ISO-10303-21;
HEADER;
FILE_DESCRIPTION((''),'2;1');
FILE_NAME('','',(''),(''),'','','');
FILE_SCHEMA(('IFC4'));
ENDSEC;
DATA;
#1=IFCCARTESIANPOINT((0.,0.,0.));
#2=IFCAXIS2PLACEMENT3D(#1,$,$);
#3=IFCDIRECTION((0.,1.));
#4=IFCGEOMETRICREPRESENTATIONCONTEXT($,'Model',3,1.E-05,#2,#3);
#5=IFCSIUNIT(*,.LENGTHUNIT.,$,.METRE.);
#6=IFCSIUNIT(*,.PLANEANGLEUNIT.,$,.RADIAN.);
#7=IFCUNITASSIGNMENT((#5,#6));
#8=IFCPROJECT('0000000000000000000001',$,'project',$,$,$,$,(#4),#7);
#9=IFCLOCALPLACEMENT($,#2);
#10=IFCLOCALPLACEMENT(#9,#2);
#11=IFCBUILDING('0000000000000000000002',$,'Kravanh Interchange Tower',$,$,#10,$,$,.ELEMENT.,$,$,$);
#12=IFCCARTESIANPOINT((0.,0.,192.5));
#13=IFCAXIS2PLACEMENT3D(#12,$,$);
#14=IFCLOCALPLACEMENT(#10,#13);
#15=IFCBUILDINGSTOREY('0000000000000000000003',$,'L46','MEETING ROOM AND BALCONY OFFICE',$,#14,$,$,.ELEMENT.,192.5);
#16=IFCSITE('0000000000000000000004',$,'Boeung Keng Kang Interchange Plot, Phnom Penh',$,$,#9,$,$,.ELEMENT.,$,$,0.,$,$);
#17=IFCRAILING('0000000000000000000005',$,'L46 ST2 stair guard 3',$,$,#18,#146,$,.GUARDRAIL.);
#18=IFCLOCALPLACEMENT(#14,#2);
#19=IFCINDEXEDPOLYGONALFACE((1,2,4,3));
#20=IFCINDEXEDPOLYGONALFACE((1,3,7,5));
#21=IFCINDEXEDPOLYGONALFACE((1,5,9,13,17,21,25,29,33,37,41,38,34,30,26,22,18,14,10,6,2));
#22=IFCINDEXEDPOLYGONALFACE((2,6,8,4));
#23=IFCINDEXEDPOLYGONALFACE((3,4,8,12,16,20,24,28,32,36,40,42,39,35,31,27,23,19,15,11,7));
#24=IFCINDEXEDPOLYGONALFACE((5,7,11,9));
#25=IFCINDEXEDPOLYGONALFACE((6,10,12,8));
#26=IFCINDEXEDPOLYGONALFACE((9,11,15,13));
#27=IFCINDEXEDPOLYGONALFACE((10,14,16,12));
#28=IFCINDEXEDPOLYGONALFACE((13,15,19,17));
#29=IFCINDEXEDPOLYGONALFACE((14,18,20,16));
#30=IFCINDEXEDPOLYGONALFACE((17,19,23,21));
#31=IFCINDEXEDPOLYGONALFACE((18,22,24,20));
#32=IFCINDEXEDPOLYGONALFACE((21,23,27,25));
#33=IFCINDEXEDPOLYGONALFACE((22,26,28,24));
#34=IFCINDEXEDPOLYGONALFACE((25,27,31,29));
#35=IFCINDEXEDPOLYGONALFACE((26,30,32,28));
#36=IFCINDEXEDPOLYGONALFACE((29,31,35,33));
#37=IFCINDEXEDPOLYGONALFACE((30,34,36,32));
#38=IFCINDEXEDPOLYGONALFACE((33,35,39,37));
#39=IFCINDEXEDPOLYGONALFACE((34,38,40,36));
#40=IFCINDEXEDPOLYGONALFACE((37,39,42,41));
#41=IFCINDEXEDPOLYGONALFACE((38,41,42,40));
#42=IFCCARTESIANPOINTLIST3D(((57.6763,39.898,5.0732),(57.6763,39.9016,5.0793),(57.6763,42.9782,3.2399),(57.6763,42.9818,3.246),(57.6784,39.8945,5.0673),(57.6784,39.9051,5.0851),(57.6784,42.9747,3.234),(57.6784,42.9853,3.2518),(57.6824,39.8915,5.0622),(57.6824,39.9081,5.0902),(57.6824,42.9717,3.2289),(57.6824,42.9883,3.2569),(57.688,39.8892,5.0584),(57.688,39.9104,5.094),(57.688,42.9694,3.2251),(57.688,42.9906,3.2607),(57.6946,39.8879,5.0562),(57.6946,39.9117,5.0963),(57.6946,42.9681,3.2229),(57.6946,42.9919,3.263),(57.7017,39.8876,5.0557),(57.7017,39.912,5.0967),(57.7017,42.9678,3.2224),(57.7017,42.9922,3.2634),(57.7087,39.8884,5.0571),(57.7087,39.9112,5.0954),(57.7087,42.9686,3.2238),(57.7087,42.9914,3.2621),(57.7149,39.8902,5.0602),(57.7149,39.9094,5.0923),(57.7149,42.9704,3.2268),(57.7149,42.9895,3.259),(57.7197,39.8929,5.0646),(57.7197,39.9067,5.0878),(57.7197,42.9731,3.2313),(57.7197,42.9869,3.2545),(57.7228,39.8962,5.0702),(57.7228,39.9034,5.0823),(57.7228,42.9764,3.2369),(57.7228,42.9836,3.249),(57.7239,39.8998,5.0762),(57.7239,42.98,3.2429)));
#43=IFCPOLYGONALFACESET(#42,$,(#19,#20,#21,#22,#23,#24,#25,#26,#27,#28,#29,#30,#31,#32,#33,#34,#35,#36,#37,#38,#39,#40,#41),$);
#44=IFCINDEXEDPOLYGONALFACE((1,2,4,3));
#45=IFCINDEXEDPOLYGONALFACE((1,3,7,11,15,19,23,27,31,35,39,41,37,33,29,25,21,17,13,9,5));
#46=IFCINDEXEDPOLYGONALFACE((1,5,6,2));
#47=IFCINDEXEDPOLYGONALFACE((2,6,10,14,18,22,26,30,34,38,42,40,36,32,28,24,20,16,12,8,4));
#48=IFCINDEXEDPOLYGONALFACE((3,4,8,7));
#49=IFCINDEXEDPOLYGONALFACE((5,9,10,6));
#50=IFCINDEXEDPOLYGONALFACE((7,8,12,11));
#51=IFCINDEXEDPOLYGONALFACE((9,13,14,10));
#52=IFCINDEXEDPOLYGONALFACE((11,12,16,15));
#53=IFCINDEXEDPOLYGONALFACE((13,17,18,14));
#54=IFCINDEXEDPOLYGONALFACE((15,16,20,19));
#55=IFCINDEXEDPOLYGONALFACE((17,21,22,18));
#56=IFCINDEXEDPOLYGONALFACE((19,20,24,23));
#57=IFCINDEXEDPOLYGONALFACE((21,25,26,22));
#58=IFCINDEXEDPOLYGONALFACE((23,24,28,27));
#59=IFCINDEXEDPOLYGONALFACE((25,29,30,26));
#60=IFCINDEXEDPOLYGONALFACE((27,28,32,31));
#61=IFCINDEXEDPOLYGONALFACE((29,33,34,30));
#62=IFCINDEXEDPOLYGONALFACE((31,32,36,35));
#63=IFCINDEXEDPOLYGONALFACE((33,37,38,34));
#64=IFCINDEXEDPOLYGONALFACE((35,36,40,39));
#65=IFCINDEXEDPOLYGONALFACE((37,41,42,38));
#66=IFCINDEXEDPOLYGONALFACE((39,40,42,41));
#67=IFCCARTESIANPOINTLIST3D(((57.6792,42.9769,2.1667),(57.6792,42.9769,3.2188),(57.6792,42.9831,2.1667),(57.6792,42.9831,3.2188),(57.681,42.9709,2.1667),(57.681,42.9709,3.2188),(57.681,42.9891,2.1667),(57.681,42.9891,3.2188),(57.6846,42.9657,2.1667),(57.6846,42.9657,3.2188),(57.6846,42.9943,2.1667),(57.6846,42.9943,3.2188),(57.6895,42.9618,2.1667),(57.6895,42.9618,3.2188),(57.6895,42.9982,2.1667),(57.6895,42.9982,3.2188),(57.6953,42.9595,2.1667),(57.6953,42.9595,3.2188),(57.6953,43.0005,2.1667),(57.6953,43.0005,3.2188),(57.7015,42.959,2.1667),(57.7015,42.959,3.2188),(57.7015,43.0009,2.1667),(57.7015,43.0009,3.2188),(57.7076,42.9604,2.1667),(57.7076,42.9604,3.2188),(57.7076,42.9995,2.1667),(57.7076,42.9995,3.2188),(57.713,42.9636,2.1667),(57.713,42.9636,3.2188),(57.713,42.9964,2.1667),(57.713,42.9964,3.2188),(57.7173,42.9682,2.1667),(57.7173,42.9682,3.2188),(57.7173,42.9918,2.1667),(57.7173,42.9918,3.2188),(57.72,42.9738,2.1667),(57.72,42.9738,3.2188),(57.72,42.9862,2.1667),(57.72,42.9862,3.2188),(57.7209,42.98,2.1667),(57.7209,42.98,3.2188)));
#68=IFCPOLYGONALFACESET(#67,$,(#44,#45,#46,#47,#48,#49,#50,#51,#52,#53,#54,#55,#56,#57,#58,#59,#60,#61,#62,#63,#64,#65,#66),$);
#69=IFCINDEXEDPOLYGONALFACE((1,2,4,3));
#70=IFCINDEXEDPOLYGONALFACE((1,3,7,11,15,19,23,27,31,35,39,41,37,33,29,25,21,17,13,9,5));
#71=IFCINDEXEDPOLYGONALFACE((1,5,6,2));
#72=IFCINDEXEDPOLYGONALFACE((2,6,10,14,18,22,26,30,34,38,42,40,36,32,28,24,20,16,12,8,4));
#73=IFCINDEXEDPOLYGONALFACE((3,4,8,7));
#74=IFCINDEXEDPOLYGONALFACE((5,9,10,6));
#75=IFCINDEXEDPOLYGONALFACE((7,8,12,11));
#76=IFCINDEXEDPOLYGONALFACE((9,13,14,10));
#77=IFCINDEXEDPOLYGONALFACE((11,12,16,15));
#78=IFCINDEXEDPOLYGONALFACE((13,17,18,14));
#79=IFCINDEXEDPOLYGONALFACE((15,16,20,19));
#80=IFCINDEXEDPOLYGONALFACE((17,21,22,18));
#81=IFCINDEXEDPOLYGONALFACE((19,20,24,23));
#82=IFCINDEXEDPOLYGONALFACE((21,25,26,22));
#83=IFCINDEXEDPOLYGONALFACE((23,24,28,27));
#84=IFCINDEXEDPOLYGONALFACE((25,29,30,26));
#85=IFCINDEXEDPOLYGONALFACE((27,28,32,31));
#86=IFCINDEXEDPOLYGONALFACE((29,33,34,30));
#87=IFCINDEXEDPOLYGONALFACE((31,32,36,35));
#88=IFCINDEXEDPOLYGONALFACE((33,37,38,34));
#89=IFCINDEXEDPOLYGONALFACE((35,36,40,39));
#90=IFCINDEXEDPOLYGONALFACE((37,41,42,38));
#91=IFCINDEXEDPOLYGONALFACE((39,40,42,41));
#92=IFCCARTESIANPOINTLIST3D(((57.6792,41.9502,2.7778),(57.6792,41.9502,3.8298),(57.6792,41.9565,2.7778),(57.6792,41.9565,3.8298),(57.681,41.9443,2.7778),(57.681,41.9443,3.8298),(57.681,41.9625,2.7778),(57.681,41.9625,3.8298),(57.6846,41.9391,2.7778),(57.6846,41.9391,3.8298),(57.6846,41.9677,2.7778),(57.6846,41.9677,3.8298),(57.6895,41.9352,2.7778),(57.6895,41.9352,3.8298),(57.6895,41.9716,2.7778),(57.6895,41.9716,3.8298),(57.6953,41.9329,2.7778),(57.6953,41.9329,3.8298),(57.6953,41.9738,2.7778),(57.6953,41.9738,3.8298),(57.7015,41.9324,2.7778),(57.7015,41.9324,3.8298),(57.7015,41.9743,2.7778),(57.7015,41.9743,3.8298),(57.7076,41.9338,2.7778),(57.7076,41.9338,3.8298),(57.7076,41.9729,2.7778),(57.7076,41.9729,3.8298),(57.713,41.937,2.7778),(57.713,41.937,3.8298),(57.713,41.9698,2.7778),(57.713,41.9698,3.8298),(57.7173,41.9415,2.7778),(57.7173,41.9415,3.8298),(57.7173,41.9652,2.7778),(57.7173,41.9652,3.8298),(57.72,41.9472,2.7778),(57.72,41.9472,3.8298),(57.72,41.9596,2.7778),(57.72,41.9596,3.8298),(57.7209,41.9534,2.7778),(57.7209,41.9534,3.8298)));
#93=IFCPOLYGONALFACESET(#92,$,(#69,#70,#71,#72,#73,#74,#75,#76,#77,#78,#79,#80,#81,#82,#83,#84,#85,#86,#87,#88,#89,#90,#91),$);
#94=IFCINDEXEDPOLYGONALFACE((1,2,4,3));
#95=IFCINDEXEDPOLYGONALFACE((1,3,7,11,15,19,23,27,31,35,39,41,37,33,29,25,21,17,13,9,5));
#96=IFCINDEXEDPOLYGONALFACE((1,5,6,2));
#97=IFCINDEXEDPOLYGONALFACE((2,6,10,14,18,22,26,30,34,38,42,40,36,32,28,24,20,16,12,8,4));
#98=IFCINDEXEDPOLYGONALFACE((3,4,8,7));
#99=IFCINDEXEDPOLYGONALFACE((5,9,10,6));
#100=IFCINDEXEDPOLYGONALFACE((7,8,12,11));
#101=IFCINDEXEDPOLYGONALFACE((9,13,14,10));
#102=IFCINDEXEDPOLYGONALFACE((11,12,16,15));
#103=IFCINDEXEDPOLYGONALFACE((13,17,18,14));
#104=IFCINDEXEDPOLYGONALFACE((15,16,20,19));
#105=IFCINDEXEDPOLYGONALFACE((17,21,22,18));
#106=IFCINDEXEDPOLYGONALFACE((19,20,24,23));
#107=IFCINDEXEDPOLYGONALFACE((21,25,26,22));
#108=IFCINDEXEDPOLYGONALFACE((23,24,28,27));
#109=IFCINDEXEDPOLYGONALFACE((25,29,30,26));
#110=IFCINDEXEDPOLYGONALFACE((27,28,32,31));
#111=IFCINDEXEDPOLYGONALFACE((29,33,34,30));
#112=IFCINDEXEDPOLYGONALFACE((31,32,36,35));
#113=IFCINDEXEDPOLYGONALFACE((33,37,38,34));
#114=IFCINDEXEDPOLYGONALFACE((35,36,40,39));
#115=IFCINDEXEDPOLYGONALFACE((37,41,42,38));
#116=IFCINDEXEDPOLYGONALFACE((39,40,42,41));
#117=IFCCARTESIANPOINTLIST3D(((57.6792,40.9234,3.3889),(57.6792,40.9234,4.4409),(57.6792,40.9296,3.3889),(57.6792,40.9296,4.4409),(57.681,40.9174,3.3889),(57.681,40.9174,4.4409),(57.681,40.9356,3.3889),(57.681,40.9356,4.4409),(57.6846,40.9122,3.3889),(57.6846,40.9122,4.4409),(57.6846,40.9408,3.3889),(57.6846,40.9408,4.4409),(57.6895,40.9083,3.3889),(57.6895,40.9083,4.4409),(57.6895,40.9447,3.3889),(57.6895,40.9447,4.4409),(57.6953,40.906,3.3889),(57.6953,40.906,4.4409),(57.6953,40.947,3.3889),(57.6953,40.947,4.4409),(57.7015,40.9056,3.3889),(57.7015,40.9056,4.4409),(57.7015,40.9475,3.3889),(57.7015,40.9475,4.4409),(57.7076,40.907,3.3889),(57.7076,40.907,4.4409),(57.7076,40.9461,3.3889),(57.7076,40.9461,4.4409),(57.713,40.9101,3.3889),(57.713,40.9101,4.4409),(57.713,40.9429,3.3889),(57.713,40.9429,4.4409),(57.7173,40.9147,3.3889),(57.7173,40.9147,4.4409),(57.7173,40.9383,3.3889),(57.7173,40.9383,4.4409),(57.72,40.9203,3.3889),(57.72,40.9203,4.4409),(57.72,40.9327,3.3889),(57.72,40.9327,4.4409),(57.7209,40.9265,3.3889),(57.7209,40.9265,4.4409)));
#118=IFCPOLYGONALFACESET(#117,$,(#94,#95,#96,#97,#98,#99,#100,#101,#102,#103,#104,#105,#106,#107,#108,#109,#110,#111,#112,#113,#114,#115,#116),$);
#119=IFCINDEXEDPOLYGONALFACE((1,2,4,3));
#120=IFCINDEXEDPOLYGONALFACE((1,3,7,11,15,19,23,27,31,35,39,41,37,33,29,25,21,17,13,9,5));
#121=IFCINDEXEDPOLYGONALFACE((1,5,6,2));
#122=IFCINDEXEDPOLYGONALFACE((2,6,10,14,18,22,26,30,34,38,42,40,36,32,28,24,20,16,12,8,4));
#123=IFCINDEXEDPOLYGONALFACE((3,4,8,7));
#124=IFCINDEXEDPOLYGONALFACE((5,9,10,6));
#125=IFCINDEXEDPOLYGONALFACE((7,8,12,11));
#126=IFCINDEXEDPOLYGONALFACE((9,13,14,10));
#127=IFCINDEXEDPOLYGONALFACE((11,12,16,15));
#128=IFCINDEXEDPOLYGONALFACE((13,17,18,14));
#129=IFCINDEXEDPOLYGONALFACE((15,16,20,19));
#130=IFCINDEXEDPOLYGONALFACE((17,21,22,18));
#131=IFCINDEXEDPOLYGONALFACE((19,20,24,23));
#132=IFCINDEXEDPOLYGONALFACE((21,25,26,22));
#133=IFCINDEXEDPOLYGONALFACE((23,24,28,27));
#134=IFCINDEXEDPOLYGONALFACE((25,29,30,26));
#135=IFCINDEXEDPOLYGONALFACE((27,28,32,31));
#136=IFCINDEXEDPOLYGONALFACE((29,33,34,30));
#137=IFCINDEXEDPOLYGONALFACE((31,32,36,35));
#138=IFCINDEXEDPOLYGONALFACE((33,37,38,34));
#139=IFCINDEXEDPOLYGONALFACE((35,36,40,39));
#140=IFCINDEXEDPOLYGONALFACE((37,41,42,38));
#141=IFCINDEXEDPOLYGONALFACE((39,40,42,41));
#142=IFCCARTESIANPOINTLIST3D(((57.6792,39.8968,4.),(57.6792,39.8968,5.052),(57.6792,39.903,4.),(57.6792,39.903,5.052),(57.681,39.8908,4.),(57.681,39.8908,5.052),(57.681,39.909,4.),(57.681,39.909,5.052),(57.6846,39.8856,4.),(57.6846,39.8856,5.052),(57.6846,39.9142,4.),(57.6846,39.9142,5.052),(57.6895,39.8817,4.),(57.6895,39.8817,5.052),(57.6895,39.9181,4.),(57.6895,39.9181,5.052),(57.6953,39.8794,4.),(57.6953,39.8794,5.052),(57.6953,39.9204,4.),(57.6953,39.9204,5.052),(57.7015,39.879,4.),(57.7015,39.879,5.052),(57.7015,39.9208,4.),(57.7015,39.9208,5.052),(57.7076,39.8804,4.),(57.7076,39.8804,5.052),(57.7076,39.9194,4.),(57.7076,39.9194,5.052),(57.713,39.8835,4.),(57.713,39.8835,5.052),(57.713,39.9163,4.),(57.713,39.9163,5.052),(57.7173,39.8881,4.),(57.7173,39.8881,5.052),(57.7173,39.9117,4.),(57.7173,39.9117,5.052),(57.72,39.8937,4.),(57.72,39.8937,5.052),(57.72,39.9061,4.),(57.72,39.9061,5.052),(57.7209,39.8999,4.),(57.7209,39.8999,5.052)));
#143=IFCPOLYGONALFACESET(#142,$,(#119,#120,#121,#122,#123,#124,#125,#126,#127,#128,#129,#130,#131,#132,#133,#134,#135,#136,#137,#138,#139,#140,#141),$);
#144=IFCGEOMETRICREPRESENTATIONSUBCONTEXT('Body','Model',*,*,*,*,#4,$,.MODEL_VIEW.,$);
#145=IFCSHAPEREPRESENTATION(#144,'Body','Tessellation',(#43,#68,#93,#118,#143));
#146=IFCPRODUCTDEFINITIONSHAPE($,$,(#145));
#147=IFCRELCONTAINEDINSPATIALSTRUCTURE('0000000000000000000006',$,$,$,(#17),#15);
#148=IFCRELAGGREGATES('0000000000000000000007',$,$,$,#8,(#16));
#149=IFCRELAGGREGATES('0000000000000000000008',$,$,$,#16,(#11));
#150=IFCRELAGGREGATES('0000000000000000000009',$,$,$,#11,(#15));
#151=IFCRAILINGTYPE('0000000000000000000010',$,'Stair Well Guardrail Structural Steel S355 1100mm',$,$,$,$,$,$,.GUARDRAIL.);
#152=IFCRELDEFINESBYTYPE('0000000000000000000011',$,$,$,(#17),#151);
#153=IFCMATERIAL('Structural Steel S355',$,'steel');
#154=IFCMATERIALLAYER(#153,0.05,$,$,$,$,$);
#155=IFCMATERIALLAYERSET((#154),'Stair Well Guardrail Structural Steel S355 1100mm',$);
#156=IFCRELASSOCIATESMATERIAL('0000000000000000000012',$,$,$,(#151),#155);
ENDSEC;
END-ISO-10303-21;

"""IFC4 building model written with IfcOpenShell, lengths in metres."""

from ifc_helpers import new_model, si_unit, direction, frame, origin, origin_2d, place, context, subcontext, project, spatial, circle, extrude, material, layer, layer_set, type_object, element, save


model = new_model("IFC4")

# Units and contexts
model_context = context("Model", 3, precision=1e-05, world=origin(), true_north=direction((0.0, 1.0)))
body_context = subcontext(model_context, "Body", "Model", "MODEL_VIEW")
ifc_project = project(units=[si_unit("LENGTHUNIT", "METRE"), si_unit("PLANEANGLEUNIT", "RADIAN")], contexts=[model_context])

# Site, building, storey
site_placement = place(None, origin())
site = spatial("IfcSite", under=ifc_project, at=site_placement, Name="Boeung Keng Kang Interchange Plot, Phnom Penh", CompositionType="ELEMENT", RefElevation=0.0)
building_placement = place(site_placement, origin())
building = spatial("IfcBuilding", under=site, at=building_placement, Name="Kravanh Interchange Tower", CompositionType="ELEMENT")
storey_placement = place(building_placement, frame((0.0, 0.0, 192.5)))
storey = spatial("IfcBuildingStorey", under=building, at=storey_placement, Name="L46", Description="MEETING ROOM AND BALCONY OFFICE", CompositionType="ELEMENT", Elevation=192.5)

# Railing
ifc_material_1 = material(Name="Structural Steel S355", Category="steel")
ifc_layer_1 = layer(ifc_material_1, 0.05)
ifc_layer_set_1 = layer_set([ifc_layer_1], Name="Stair Well Guardrail Structural Steel S355 1100mm")
railing_type_1 = type_object("IfcRailingType", Name="Stair Well Guardrail Structural Steel S355 1100mm", PredefinedType="GUARDRAIL", material=ifc_layer_set_1)
railing_1_placement = place(storey_placement, frame((57.7, 42.98, 2.1667)))
element("IfcRailing", 1, at=railing_1_placement, inside=storey, type_object=railing_type_1, Name="L46 ST2 stair guard 3", PredefinedType="GUARDRAIL", context=body_context, shape_type="SweptSolid", body=[
    extrude(circle(Radius=0.0239, at=origin_2d()), frame((0.0, 0.0, 1.0762), z_axis=(0.0, -0.859309, 0.511458), x_axis=(1.0, 0.0, 0.0)), (0.0, 0.0, 1.0), 3.5845),
    extrude(circle(Radius=0.021, at=origin_2d()), origin(), (0.0, 0.0, 1.0), 1.052),
    extrude(circle(Radius=0.021, at=origin_2d()), frame((0.0, -1.0266, 0.6111)), (0.0, 0.0, 1.0), 1.052),
    extrude(circle(Radius=0.021, at=origin_2d()), frame((0.0, -2.0535, 1.2222)), (0.0, 0.0, 1.0), 1.052),
    extrude(circle(Radius=0.021, at=origin_2d()), frame((0.0, -3.0801, 1.8333)), (0.0, 0.0, 1.0), 1.052),
])

save(model, "model.ifc")
